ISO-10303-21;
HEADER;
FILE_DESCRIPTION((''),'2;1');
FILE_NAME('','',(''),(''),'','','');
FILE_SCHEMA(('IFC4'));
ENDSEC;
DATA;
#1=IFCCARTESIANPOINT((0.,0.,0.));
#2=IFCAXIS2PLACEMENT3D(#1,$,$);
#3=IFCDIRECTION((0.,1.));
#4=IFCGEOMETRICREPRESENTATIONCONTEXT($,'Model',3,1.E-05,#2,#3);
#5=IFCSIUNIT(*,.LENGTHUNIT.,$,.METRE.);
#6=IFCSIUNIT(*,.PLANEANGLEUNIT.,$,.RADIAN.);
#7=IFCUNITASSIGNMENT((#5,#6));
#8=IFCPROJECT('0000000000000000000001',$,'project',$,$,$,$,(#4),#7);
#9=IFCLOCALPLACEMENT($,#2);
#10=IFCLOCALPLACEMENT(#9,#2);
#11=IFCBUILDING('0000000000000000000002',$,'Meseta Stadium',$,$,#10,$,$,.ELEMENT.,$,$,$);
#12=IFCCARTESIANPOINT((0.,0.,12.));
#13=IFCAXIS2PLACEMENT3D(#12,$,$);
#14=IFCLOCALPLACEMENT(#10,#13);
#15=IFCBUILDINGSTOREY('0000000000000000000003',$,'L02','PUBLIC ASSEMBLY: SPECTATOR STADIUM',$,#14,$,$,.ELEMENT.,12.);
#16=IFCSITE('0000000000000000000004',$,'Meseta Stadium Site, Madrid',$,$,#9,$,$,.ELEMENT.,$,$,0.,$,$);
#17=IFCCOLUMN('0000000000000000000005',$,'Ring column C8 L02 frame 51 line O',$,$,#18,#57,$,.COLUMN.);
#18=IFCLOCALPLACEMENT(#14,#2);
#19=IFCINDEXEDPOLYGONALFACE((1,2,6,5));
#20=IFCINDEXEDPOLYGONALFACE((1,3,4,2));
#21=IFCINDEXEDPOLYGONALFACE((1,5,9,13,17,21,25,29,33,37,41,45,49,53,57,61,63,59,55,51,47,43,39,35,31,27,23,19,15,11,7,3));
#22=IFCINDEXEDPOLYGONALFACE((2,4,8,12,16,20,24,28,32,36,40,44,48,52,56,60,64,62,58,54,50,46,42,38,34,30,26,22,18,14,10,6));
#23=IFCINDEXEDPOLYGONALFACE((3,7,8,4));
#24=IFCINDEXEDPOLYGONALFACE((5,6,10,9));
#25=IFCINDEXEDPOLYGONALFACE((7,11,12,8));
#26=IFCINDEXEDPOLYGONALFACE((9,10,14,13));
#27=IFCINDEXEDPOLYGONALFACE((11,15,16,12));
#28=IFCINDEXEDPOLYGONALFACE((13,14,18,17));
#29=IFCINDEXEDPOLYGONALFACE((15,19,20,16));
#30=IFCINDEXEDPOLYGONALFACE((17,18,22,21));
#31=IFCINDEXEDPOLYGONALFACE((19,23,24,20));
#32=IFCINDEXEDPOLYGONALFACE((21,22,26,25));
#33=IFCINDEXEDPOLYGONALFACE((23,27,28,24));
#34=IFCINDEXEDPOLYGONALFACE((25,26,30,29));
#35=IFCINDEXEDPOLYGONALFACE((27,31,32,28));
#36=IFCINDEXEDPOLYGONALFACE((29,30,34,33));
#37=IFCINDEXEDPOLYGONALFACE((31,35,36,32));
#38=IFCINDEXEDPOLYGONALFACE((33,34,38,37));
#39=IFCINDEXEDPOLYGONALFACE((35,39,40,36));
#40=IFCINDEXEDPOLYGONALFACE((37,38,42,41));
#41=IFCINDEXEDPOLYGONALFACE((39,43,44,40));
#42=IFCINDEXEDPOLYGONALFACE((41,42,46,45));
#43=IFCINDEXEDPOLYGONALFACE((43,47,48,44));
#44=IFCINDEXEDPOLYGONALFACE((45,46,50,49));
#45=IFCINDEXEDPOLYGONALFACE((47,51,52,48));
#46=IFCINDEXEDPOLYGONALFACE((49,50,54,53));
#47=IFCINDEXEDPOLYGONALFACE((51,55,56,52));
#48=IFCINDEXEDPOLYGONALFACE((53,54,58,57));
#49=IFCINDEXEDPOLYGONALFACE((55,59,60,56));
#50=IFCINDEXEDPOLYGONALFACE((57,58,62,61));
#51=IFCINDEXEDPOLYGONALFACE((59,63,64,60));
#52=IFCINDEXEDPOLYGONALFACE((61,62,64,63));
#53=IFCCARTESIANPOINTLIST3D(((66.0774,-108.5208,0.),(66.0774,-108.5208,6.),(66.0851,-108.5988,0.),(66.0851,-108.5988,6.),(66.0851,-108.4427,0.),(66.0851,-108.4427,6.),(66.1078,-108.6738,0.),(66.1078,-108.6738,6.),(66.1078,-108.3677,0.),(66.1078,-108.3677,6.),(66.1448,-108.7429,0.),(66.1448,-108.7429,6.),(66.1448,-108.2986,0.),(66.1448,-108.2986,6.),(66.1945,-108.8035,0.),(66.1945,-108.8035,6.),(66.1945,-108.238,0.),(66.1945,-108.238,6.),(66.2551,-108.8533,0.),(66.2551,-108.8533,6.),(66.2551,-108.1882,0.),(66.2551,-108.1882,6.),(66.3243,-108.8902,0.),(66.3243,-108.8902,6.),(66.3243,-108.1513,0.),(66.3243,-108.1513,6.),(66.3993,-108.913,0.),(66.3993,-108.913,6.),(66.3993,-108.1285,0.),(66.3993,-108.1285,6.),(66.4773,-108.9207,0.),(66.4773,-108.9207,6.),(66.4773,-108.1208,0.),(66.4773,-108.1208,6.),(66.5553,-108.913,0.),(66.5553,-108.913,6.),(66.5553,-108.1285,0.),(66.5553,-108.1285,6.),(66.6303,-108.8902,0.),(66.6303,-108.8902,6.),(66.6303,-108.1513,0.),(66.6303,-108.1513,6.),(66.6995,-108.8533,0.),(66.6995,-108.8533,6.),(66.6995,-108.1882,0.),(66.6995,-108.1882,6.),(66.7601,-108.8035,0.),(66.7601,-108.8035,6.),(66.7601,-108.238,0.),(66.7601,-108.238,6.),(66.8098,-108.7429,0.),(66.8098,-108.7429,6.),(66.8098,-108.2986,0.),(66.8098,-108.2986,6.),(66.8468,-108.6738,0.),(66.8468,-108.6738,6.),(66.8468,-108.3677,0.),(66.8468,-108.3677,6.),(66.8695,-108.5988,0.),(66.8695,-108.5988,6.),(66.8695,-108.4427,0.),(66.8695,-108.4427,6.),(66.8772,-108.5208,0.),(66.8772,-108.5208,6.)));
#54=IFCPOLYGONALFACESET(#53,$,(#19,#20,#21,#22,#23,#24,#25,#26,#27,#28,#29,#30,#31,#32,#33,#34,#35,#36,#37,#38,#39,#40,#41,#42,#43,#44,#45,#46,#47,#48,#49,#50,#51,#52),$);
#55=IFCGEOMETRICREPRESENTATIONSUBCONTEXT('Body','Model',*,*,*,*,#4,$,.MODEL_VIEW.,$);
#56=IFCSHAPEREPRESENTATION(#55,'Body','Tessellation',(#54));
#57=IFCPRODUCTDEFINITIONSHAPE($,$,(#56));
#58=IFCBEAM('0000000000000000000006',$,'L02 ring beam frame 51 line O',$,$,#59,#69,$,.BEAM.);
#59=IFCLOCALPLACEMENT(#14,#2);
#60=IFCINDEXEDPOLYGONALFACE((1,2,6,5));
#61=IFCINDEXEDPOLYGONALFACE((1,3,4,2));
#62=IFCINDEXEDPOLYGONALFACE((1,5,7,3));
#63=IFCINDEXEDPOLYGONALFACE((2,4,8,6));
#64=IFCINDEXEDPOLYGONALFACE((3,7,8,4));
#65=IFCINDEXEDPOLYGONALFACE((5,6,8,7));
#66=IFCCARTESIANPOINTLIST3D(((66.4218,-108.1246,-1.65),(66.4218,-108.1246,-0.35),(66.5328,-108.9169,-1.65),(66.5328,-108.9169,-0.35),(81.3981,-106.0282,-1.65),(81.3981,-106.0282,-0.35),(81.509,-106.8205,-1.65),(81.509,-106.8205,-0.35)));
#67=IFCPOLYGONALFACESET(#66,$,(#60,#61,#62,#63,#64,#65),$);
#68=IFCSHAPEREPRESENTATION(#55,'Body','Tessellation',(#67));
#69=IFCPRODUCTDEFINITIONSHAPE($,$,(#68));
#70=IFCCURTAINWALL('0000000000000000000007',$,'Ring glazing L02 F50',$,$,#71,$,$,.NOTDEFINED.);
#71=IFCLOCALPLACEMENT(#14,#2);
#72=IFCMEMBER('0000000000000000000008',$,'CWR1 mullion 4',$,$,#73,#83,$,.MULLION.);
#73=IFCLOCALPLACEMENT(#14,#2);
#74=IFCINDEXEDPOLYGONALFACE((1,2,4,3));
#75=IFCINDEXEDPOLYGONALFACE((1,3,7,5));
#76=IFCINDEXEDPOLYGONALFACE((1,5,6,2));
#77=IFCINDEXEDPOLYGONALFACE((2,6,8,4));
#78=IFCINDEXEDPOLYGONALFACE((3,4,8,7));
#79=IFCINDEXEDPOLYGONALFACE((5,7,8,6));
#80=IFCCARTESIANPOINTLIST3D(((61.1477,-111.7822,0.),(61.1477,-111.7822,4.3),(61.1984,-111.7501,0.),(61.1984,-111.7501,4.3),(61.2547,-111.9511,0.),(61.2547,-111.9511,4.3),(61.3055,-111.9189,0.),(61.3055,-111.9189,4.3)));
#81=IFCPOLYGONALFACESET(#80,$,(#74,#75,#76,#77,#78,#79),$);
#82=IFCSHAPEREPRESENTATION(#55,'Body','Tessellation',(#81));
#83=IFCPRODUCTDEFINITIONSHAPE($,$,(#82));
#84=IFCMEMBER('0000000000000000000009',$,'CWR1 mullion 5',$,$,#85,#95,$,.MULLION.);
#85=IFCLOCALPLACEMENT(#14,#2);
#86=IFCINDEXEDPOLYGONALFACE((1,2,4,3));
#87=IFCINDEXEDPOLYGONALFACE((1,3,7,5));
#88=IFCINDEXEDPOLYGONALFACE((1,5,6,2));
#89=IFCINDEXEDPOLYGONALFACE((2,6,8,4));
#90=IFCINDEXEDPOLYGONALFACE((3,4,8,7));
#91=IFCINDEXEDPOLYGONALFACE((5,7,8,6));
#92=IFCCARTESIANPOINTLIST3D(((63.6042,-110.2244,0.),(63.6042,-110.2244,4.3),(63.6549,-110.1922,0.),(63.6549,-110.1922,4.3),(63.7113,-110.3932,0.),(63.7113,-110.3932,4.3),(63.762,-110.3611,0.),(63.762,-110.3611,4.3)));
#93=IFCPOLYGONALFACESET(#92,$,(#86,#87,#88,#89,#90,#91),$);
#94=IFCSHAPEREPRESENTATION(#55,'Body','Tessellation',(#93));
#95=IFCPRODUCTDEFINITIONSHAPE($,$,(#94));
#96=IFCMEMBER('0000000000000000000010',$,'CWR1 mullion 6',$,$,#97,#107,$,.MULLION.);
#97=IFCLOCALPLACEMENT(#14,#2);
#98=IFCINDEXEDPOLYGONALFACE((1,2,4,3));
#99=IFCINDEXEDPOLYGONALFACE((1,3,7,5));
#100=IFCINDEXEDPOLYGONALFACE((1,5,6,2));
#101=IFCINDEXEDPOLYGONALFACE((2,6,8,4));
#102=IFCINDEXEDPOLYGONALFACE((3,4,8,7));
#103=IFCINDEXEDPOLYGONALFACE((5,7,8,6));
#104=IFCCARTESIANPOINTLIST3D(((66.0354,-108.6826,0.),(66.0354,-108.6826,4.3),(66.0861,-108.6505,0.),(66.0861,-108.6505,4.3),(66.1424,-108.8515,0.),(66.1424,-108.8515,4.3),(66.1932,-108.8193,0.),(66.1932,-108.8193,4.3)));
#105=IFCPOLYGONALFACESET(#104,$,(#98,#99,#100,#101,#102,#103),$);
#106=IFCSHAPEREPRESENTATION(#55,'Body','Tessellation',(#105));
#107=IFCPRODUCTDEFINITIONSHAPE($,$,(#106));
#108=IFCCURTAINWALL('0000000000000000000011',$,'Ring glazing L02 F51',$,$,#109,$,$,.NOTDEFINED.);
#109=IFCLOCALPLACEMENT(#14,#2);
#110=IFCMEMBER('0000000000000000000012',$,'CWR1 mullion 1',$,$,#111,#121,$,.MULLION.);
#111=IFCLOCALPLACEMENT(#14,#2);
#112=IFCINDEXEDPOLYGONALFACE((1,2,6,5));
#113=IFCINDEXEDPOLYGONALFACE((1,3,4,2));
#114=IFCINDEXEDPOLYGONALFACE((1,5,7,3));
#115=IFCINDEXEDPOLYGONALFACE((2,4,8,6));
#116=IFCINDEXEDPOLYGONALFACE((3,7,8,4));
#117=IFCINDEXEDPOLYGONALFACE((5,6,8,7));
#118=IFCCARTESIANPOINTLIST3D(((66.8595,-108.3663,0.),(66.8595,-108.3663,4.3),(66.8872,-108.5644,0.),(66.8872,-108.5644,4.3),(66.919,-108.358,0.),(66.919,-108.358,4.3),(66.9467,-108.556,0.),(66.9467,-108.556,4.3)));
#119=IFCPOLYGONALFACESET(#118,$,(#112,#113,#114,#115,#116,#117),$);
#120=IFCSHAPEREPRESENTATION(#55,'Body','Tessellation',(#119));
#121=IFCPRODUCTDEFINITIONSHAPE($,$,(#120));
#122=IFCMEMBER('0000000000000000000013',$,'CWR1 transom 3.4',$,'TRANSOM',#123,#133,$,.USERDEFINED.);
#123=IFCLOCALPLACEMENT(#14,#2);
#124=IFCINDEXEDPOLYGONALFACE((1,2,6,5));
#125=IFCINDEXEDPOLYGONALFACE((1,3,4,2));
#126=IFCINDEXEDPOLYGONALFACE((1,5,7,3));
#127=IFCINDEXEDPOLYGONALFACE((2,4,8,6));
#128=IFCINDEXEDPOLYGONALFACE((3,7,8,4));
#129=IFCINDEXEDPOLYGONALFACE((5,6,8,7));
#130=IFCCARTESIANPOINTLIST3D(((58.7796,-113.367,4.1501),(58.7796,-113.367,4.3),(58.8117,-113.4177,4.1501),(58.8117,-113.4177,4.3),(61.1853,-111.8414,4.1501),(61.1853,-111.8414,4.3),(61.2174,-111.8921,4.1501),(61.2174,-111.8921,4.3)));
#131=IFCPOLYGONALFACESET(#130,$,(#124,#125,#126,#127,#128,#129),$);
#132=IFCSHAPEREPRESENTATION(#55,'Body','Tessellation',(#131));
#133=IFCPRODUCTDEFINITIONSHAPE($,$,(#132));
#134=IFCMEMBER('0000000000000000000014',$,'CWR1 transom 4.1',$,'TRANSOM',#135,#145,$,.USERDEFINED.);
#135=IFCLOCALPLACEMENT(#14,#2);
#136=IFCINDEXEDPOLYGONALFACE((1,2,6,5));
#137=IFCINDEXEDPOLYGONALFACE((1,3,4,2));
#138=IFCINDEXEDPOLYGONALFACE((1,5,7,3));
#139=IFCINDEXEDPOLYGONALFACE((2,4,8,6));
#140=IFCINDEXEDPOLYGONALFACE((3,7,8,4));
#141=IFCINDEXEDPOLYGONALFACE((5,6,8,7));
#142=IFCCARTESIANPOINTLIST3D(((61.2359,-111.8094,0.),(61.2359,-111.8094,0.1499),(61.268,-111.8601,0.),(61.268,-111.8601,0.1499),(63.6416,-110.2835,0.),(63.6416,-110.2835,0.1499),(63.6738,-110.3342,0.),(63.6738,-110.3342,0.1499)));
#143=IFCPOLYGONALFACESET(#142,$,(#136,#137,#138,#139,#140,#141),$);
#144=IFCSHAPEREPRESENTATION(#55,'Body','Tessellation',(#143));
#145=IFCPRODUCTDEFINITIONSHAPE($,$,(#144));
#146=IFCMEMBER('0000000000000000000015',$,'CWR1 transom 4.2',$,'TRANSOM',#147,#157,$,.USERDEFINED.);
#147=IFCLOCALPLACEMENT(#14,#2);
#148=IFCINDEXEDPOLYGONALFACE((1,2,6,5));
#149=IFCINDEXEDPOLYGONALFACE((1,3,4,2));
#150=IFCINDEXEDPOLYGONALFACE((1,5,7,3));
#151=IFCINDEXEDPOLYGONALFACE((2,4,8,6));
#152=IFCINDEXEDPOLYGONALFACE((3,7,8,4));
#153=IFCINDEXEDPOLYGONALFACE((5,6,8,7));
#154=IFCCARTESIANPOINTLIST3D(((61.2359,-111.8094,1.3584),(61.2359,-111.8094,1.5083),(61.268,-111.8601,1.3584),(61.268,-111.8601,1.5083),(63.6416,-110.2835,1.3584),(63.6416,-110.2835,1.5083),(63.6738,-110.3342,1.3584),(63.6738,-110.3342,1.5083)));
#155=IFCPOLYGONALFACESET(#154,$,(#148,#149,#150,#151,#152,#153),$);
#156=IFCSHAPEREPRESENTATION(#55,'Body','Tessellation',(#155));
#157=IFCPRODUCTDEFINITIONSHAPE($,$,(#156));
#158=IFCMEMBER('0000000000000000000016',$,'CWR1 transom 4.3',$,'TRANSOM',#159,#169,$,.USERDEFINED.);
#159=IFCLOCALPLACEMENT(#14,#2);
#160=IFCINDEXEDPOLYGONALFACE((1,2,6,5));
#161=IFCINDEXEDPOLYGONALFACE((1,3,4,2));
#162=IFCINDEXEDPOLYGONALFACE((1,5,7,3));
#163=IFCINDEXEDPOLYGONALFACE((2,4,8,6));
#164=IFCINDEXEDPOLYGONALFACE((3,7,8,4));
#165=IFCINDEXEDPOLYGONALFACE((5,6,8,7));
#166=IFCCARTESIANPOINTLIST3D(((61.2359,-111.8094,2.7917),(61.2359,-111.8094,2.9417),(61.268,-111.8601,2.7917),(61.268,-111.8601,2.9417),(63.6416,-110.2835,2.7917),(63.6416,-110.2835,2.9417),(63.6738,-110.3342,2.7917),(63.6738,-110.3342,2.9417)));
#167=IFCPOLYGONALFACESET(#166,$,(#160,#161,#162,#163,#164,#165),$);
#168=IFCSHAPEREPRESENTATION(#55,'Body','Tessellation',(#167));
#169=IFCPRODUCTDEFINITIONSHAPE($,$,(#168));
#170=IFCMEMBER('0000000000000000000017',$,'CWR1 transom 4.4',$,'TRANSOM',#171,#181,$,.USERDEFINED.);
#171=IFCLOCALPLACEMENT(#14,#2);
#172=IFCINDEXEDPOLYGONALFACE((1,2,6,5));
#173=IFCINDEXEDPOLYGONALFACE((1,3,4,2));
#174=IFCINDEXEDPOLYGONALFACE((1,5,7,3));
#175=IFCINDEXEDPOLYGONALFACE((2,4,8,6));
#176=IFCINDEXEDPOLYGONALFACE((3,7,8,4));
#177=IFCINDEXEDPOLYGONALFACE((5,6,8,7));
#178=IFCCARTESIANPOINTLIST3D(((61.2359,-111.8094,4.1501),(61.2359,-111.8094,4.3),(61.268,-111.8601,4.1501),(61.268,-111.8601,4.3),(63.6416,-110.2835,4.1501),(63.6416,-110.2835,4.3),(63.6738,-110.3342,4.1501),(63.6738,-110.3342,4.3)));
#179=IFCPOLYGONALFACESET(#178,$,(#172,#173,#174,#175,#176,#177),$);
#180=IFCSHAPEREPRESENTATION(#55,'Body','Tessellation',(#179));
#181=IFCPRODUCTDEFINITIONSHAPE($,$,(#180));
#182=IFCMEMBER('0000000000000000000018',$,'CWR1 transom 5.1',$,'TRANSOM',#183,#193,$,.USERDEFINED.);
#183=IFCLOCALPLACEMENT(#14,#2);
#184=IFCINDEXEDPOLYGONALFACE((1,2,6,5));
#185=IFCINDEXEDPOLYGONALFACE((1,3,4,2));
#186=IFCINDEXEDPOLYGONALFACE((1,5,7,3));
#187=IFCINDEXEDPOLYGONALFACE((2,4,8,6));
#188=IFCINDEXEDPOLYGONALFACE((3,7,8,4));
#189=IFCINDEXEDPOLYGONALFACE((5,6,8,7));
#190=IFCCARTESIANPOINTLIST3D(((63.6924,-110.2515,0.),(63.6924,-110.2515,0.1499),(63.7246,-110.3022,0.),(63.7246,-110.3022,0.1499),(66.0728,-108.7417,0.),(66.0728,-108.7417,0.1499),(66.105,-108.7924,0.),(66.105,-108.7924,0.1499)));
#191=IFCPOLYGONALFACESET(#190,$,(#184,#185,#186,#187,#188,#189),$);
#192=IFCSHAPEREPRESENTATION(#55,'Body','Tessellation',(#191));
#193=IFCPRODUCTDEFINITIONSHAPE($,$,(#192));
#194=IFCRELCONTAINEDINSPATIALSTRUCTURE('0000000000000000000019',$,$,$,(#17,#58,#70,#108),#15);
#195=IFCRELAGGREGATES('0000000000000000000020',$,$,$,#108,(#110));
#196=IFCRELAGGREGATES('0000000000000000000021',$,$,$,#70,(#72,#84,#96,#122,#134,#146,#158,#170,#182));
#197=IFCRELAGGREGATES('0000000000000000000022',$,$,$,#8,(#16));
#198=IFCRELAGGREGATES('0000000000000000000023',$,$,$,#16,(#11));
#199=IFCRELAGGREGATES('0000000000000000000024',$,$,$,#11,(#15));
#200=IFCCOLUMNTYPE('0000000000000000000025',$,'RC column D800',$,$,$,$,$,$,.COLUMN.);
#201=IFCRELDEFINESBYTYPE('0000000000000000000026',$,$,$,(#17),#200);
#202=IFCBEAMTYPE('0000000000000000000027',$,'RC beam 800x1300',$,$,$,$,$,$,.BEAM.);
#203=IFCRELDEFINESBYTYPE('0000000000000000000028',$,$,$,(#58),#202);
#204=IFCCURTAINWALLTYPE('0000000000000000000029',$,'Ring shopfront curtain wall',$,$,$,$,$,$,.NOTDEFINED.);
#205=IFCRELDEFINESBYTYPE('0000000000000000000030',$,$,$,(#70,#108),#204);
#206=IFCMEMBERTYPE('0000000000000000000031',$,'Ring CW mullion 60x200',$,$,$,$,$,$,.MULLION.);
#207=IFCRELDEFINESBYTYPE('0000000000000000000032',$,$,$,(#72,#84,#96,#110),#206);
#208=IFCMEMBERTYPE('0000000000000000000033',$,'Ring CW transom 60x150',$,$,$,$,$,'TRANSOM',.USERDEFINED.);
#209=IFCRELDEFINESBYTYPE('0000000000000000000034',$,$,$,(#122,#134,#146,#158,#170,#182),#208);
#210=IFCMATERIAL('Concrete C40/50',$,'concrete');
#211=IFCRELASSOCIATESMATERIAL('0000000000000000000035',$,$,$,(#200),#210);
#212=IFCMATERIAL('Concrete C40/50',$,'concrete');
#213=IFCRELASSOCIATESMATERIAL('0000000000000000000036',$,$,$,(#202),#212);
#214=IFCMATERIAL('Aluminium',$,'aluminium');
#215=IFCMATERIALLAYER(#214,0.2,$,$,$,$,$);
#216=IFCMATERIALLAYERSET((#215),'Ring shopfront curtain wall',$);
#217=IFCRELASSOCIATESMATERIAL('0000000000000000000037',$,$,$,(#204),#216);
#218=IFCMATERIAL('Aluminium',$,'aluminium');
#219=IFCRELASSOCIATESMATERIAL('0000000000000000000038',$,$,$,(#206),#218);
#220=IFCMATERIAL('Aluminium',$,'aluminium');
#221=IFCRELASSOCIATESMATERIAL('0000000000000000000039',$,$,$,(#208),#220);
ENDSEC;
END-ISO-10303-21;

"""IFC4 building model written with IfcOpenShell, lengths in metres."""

from ifc_helpers import new_model, si_unit, direction, frame, origin, origin_2d, place, context, subcontext, project, spatial, rectangle, circle, extrude, material, layer, layer_set, material_profile, profile_set, type_object, element, aggregate, save


model = new_model("IFC4")

# Units and contexts
model_context = context("Model", 3, precision=1e-05, world=origin(), true_north=direction((0.0, 1.0)))
body_context = subcontext(model_context, "Body", "Model", "MODEL_VIEW")
ifc_project = project(units=[si_unit("LENGTHUNIT", "METRE"), si_unit("PLANEANGLEUNIT", "RADIAN")], contexts=[model_context])

# Site, building, storey
site_placement = place(None, origin())
site = spatial("IfcSite", under=ifc_project, at=site_placement, Name="Meseta Stadium Site, Madrid", CompositionType="ELEMENT", RefElevation=0.0)
building_placement = place(site_placement, origin())
building = spatial("IfcBuilding", under=site, at=building_placement, Name="Meseta Stadium", CompositionType="ELEMENT")
storey_placement = place(building_placement, frame((0.0, 0.0, 12.0)))
storey = spatial("IfcBuildingStorey", under=building, at=storey_placement, Name="L02", Description="PUBLIC ASSEMBLY: SPECTATOR STADIUM", CompositionType="ELEMENT", Elevation=12.0)

# Column
ifc_material_1 = material(Name="Concrete C40/50", Category="concrete")
ifc_material_profile_1 = material_profile(ifc_material_1, circle(Radius=0.3999, at=origin_2d()), Name="RC D800")
ifc_profile_set_1 = profile_set([ifc_material_profile_1], Name="Concrete C40/50")
column_type = type_object("IfcColumnType", Name="RC column D800", PredefinedType="COLUMN", material=ifc_profile_set_1)
column_placement = place(storey_placement, frame((66.4773, -108.5208, 0.0), z_axis=(0.0, 0.0, 1.0), x_axis=(1.0, 0.0, 0.0)))
element("IfcColumn", 1, at=column_placement, inside=storey, type_object=column_type, Name="Ring column C8 L02 frame 51 line O", PredefinedType="COLUMN", context=body_context, shape_type="SweptSolid", body=[
    extrude(circle(Radius=0.3999, at=origin_2d()), origin(), (0.0, 0.0, 1.0), 6.0),
])

# Beam
ifc_material_2 = material(Name="Concrete C40/50", Category="concrete")
ifc_material_profile_2 = material_profile(ifc_material_2, rectangle(XDim=0.8, YDim=1.3, at=origin_2d()), Name="RC 800x1300")
ifc_profile_set_2 = profile_set([ifc_material_profile_2], Name="Concrete C40/50")
beam_type = type_object("IfcBeamType", Name="RC beam 800x1300", PredefinedType="BEAM", material=ifc_profile_set_2)
beam_placement = place(storey_placement, frame((66.4773, -108.5208, -1.0), z_axis=(0.990344, 0.138632, 0.0), x_axis=(-0.138632, 0.990344, 0.0)))
element("IfcBeam", 2, at=beam_placement, inside=storey, type_object=beam_type, Name="L02 ring beam frame 51 line O", PredefinedType="BEAM", context=body_context, shape_type="SweptSolid", body=[
    extrude(rectangle(XDim=0.8, YDim=1.3, at=origin_2d()), origin(), (0.0, 0.0, 1.0), 15.1223),
])

# Curtain wall, members
ifc_material_3 = material(Name="Aluminium", Category="aluminium")
ifc_layer_1 = layer(ifc_material_3, 0.2)
ifc_layer_set_1 = layer_set([ifc_layer_1], Name="Ring shopfront curtain wall")
curtain_wall_type = type_object("IfcCurtainWallType", Name="Ring shopfront curtain wall", PredefinedType="NOTDEFINED", material=ifc_layer_set_1)
curtain_wall_1_placement = place(storey_placement, origin())
curtain_wall_1 = element("IfcCurtainWall", 3, at=curtain_wall_1_placement, inside=storey, type_object=curtain_wall_type, Name="Ring glazing L02 F50", PredefinedType="NOTDEFINED")
ifc_material_4 = material(Name="Aluminium", Category="aluminium")
ifc_material_profile_3 = material_profile(ifc_material_4, rectangle(XDim=0.2, YDim=0.0601, at=origin_2d()), Name="CW 200x60")
ifc_profile_set_3 = profile_set([ifc_material_profile_3], Name="Aluminium")
member_type_1 = type_object("IfcMemberType", Name="Ring CW mullion 60x200", PredefinedType="MULLION", material=ifc_profile_set_3)
member_1_placement = place(storey_placement, frame((61.2266, -111.8506, 0.0), z_axis=(0.0, 0.0, 1.0), x_axis=(-0.535569, 0.844491, 0.0)))
member_1 = element("IfcMember", 4, at=member_1_placement, type_object=member_type_1, Name="CWR1 mullion 4", PredefinedType="MULLION", context=body_context, shape_type="SweptSolid", body=[
    extrude(rectangle(XDim=0.2, YDim=0.0601, at=origin_2d()), origin(), (0.0, 0.0, 1.0), 4.3),
])
member_2_placement = place(storey_placement, frame((63.6831, -110.2927, 0.0), z_axis=(0.0, 0.0, 1.0), x_axis=(-0.535569, 0.844491, 0.0)))
member_2 = element("IfcMember", 5, at=member_2_placement, type_object=member_type_1, Name="CWR1 mullion 5", PredefinedType="MULLION", context=body_context, shape_type="SweptSolid", body=[
    extrude(rectangle(XDim=0.2, YDim=0.0601, at=origin_2d()), origin(), (0.0, 0.0, 1.0), 4.3),
])
member_3_placement = place(storey_placement, frame((66.1143, -108.751, 0.0), z_axis=(0.0, 0.0, 1.0), x_axis=(-0.535569, 0.844491, 0.0)))
member_3 = element("IfcMember", 6, at=member_3_placement, type_object=member_type_1, Name="CWR1 mullion 6", PredefinedType="MULLION", context=body_context, shape_type="SweptSolid", body=[
    extrude(rectangle(XDim=0.2, YDim=0.0601, at=origin_2d()), origin(), (0.0, 0.0, 1.0), 4.3),
])

# Curtain wall, member
curtain_wall_2_placement = place(storey_placement, origin())
curtain_wall_2 = element("IfcCurtainWall", 7, at=curtain_wall_2_placement, inside=storey, type_object=curtain_wall_type, Name="Ring glazing L02 F51", PredefinedType="NOTDEFINED")
member_4_placement = place(storey_placement, frame((66.9031, -108.4612, 0.0), z_axis=(0.0, 0.0, 1.0), x_axis=(-0.138643, 0.990342, 0.0)))
member_4 = element("IfcMember", 8, at=member_4_placement, type_object=member_type_1, Name="CWR1 mullion 1", PredefinedType="MULLION", context=body_context, shape_type="SweptSolid", body=[
    extrude(rectangle(XDim=0.2, YDim=0.0601, at=origin_2d()), origin(), (0.0, 0.0, 1.0), 4.3),
])

# Members
ifc_material_5 = material(Name="Aluminium", Category="aluminium")
ifc_material_profile_4 = material_profile(ifc_material_5, rectangle(XDim=0.0601, YDim=0.1499, at=origin_2d()), Name="CW 60x150")
ifc_profile_set_4 = profile_set([ifc_material_profile_4], Name="Aluminium")
member_type_2 = type_object("IfcMemberType", Name="Ring CW transom 60x150", ElementType="TRANSOM", PredefinedType="USERDEFINED", material=ifc_profile_set_4)
member_5_placement = place(storey_placement, frame((58.7957, -113.3923, 4.2251), z_axis=(0.844504, 0.535549, 0.0), x_axis=(-0.535549, 0.844504, 0.0)))
member_5 = element("IfcMember", 9, at=member_5_placement, type_object=member_type_2, Name="CWR1 transom 3.4", ObjectType="TRANSOM", PredefinedType="USERDEFINED", context=body_context, shape_type="SweptSolid", body=[
    extrude(rectangle(XDim=0.0601, YDim=0.1499, at=origin_2d()), origin(), (0.0, 0.0, 1.0), 2.8486),
])
member_6_placement = place(storey_placement, frame((61.252, -111.8347, 0.075), z_axis=(0.844465, 0.535611, 0.0), x_axis=(-0.535611, 0.844465, 0.0)))
member_6 = element("IfcMember", 10, at=member_6_placement, type_object=member_type_2, Name="CWR1 transom 4.1", ObjectType="TRANSOM", PredefinedType="USERDEFINED", context=body_context, shape_type="SweptSolid", body=[
    extrude(rectangle(XDim=0.0601, YDim=0.1499, at=origin_2d()), origin(), (0.0, 0.0, 1.0), 2.8489),
])
member_7_placement = place(storey_placement, frame((61.252, -111.8347, 1.4333), z_axis=(0.844465, 0.535611, 0.0), x_axis=(-0.535611, 0.844465, 0.0)))
member_7 = element("IfcMember", 11, at=member_7_placement, type_object=member_type_2, Name="CWR1 transom 4.2", ObjectType="TRANSOM", PredefinedType="USERDEFINED", context=body_context, shape_type="SweptSolid", body=[
    extrude(rectangle(XDim=0.0601, YDim=0.1499, at=origin_2d()), origin(), (0.0, 0.0, 1.0), 2.8489),
])
member_8_placement = place(storey_placement, frame((61.252, -111.8347, 2.8667), z_axis=(0.844465, 0.535611, 0.0), x_axis=(-0.535611, 0.844465, 0.0)))
member_8 = element("IfcMember", 12, at=member_8_placement, type_object=member_type_2, Name="CWR1 transom 4.3", ObjectType="TRANSOM", PredefinedType="USERDEFINED", context=body_context, shape_type="SweptSolid", body=[
    extrude(rectangle(XDim=0.0601, YDim=0.1499, at=origin_2d()), origin(), (0.0, 0.0, 1.0), 2.8489),
])
member_9_placement = place(storey_placement, frame((61.252, -111.8347, 4.2251), z_axis=(0.844465, 0.535611, 0.0), x_axis=(-0.535611, 0.844465, 0.0)))
member_9 = element("IfcMember", 13, at=member_9_placement, type_object=member_type_2, Name="CWR1 transom 4.4", ObjectType="TRANSOM", PredefinedType="USERDEFINED", context=body_context, shape_type="SweptSolid", body=[
    extrude(rectangle(XDim=0.0601, YDim=0.1499, at=origin_2d()), origin(), (0.0, 0.0, 1.0), 2.8489),
])
member_10_placement = place(storey_placement, frame((63.7085, -110.2769, 0.075), z_axis=(0.844467, 0.535608, 0.0), x_axis=(-0.535608, 0.844467, 0.0)))
member_10 = element("IfcMember", 14, at=member_10_placement, type_object=member_type_2, Name="CWR1 transom 5.1", ObjectType="TRANSOM", PredefinedType="USERDEFINED", context=body_context, shape_type="SweptSolid", body=[
    extrude(rectangle(XDim=0.0601, YDim=0.1499, at=origin_2d()), origin(), (0.0, 0.0, 1.0), 2.8188),
])
aggregate(curtain_wall_2, [member_4])

aggregate(curtain_wall_1, [member_1, member_2, member_3, member_5, member_6, member_7, member_8, member_9, member_10])

save(model, "model.ifc")
